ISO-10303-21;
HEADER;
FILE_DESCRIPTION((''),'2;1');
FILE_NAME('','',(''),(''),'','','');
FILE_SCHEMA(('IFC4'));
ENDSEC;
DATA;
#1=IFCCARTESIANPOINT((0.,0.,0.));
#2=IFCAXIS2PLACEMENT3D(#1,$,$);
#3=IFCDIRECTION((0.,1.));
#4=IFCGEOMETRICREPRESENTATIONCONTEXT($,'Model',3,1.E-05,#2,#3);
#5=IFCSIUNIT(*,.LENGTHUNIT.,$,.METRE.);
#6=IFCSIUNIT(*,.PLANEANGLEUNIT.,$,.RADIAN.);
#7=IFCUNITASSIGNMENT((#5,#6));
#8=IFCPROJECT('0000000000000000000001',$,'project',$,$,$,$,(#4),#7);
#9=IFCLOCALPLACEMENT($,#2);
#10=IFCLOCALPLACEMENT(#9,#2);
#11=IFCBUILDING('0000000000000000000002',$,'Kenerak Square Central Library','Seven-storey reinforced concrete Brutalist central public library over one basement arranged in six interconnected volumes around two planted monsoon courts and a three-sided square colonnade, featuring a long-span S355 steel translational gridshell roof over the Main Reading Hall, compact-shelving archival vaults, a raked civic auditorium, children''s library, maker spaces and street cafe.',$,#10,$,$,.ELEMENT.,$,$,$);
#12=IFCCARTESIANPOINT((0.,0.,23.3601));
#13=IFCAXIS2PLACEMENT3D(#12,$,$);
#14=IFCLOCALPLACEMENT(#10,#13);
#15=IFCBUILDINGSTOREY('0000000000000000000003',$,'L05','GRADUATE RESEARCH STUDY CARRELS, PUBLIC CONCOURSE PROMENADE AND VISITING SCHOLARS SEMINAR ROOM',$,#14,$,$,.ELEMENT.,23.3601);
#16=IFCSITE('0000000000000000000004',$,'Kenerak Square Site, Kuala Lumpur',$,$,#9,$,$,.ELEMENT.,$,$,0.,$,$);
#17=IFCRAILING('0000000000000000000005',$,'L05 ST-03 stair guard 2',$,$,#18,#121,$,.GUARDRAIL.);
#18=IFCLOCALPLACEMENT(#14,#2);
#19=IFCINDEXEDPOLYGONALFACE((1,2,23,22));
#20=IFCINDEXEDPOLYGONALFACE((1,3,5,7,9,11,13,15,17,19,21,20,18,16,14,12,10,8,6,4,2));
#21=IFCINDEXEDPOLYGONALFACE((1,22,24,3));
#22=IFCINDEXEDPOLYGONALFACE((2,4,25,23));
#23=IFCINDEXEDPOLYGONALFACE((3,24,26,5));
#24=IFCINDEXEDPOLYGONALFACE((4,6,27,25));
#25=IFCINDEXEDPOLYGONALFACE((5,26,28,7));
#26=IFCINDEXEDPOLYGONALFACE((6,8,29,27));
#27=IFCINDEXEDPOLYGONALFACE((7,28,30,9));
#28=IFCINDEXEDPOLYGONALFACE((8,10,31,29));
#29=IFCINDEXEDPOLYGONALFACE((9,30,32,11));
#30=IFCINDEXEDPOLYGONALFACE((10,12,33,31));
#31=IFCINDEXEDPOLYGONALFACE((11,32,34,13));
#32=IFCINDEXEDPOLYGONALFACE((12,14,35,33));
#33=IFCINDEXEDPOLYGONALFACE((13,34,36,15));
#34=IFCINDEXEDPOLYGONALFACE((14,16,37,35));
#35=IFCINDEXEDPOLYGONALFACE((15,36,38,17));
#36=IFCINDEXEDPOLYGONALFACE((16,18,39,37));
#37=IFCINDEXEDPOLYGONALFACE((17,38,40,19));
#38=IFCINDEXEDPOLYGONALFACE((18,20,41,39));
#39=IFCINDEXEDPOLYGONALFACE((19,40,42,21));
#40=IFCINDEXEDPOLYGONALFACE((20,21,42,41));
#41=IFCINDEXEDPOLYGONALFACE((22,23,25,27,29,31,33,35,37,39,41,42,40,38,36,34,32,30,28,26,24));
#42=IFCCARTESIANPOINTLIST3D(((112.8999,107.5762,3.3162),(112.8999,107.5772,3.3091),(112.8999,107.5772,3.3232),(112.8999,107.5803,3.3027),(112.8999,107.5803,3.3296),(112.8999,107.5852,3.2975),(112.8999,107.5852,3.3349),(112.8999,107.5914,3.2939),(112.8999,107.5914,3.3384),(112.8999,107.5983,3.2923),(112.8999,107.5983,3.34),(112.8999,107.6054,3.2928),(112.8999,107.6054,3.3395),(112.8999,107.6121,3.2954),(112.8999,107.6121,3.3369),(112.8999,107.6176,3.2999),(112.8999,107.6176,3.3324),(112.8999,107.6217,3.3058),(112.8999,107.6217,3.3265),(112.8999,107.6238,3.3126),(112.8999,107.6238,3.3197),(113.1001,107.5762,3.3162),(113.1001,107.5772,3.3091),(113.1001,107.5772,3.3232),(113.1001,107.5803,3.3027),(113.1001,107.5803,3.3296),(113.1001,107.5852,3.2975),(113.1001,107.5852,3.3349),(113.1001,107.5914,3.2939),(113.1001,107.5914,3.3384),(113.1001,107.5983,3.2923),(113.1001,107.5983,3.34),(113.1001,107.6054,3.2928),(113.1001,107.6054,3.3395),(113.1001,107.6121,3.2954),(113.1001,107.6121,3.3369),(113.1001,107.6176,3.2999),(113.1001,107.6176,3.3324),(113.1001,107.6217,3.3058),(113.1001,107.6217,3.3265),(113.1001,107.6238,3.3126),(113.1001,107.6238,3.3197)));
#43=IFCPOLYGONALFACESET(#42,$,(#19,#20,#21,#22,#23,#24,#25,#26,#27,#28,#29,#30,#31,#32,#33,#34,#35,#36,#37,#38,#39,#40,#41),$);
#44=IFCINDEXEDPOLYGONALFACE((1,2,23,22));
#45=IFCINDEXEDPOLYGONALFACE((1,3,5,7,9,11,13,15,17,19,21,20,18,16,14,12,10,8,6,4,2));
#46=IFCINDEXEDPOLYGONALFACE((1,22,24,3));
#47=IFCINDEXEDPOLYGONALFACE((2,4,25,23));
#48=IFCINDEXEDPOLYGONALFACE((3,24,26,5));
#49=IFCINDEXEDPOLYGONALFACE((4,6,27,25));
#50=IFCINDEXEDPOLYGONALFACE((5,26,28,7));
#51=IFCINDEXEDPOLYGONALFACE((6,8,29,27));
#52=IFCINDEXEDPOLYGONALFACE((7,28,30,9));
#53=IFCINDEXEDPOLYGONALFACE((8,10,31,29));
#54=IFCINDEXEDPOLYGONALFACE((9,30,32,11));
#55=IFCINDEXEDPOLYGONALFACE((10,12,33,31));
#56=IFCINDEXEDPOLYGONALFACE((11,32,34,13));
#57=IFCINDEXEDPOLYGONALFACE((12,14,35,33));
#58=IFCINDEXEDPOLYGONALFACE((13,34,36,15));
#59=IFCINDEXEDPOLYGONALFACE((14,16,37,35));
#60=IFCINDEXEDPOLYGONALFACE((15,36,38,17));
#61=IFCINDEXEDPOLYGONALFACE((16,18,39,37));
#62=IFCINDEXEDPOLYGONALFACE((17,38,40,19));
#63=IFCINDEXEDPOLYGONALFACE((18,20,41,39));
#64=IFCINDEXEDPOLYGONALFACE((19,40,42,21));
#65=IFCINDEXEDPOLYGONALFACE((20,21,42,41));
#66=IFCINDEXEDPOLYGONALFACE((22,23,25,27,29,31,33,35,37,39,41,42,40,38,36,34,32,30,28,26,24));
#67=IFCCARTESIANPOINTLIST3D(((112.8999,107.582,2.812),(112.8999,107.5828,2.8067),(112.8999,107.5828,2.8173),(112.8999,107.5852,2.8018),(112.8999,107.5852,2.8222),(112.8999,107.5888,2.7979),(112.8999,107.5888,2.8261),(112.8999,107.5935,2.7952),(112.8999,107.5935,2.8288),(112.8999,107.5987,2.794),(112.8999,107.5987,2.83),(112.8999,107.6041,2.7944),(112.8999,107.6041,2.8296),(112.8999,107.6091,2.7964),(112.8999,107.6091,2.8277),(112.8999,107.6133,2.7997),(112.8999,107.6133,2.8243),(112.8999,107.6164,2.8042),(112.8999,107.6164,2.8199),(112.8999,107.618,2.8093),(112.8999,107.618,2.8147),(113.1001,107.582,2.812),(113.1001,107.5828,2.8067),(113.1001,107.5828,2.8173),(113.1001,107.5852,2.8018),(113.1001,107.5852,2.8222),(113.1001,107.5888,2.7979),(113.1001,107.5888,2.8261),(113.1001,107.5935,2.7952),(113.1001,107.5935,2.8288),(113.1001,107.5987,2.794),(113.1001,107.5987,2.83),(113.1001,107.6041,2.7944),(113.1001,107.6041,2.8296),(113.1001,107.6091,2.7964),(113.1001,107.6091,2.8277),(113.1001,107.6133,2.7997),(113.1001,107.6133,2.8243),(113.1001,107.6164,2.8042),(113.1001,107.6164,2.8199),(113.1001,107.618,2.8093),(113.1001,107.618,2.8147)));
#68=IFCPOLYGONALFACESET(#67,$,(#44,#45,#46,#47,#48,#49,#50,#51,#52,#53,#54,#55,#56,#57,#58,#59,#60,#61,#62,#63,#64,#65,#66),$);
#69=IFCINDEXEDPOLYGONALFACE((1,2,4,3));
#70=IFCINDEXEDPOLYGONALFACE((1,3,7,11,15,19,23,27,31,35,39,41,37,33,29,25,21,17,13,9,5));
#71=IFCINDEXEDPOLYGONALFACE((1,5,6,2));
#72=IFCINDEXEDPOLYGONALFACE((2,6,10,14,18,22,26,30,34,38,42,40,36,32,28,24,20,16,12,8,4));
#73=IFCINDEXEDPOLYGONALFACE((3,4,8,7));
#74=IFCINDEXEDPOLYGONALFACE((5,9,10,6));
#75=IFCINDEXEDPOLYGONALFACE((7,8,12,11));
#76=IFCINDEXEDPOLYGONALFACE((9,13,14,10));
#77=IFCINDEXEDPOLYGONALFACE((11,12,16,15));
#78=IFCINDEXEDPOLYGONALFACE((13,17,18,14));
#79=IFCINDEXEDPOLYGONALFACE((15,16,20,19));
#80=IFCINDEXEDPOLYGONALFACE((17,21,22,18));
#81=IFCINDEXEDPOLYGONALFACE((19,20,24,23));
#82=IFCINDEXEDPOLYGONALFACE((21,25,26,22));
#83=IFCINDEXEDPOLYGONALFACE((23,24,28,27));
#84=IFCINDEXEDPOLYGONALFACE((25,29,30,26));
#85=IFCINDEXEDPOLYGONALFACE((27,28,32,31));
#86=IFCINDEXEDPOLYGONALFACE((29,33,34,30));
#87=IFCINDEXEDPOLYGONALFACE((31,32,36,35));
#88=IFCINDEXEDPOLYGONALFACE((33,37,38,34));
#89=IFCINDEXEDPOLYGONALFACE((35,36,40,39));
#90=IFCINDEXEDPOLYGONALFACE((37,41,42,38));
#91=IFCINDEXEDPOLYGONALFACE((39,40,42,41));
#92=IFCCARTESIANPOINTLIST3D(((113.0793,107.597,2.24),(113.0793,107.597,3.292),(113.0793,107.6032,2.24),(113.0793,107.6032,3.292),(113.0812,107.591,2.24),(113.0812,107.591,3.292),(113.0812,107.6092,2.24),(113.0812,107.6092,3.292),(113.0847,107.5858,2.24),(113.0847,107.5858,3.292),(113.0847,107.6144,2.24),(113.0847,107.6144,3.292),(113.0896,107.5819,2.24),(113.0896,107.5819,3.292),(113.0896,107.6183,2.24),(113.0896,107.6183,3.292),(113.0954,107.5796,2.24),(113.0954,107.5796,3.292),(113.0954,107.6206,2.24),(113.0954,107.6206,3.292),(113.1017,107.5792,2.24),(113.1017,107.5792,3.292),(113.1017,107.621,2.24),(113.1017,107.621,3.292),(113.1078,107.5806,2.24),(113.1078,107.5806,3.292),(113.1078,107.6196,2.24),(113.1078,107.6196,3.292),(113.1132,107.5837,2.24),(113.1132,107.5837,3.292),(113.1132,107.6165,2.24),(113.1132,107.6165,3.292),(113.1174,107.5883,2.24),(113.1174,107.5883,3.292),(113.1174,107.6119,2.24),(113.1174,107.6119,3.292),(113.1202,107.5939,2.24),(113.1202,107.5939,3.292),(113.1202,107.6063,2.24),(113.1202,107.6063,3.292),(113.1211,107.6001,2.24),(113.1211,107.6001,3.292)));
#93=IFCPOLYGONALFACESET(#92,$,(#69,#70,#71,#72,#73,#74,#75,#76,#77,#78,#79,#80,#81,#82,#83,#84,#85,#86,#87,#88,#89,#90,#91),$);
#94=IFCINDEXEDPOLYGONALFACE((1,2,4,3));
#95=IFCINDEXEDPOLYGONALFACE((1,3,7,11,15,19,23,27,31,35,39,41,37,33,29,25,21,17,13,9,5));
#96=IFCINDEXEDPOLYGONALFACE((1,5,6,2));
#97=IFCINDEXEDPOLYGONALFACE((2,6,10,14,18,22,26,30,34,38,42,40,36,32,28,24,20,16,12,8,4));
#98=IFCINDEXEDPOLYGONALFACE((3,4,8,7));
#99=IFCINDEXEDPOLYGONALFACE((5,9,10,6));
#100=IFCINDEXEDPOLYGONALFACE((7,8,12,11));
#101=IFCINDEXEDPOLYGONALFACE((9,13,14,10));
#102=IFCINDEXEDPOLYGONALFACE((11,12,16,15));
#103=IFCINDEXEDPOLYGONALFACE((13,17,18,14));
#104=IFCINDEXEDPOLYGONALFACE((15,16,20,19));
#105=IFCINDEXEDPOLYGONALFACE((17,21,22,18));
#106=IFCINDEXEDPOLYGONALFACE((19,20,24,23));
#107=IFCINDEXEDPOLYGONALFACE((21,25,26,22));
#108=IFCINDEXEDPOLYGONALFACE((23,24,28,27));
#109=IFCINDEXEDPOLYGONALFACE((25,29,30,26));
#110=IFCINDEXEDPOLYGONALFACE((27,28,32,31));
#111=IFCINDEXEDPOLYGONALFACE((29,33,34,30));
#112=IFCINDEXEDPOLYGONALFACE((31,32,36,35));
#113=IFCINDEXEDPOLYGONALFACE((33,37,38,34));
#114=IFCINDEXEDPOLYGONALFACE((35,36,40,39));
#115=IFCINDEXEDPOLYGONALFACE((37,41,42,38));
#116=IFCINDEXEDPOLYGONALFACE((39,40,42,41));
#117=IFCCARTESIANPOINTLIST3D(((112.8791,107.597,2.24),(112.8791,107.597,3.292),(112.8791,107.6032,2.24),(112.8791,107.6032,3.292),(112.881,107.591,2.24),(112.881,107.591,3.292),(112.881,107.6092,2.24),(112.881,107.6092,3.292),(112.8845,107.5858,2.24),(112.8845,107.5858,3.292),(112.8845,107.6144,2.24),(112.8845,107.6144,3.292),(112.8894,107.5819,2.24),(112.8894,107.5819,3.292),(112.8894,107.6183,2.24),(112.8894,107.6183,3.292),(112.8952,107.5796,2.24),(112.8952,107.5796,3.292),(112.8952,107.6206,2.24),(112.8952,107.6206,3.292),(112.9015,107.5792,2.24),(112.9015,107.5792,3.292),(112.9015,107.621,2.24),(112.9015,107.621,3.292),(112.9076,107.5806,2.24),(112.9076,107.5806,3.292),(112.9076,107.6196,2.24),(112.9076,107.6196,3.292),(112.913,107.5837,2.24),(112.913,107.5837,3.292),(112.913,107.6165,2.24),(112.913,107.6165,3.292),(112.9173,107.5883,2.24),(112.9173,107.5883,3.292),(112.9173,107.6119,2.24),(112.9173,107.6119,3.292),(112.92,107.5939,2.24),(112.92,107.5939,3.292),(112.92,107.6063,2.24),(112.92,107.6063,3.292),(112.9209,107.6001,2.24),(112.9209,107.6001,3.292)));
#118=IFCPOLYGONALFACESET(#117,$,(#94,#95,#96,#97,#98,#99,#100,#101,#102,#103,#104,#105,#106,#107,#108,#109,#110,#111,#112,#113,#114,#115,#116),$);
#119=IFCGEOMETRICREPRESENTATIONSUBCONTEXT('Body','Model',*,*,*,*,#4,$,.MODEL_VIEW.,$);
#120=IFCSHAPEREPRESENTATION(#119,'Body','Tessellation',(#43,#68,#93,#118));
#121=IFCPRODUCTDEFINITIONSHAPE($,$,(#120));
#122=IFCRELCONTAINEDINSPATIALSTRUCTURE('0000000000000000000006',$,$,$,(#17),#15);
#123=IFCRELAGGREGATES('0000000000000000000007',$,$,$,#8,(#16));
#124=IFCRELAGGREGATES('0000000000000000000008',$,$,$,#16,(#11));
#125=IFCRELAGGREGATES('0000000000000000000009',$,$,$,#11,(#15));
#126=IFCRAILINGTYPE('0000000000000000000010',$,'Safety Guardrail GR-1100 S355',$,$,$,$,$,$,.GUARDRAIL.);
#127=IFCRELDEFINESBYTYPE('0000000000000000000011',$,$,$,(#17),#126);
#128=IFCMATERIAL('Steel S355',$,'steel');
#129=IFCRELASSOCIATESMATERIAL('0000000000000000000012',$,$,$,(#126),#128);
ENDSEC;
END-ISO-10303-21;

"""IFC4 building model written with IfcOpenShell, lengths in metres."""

from ifc_helpers import new_model, si_unit, direction, frame, origin, origin_2d, place, context, subcontext, project, spatial, circle, extrude, material, type_object, element, save


model = new_model("IFC4")

# Units and contexts
model_context = context("Model", 3, precision=1e-05, world=origin(), true_north=direction((0.0, 1.0)))
body_context = subcontext(model_context, "Body", "Model", "MODEL_VIEW")
ifc_project = project(units=[si_unit("LENGTHUNIT", "METRE"), si_unit("PLANEANGLEUNIT", "RADIAN")], contexts=[model_context])

# Site, building, storey
site_placement = place(None, origin())
site = spatial("IfcSite", under=ifc_project, at=site_placement, Name="Kenerak Square Site, Kuala Lumpur", CompositionType="ELEMENT", RefElevation=0.0)
building_placement = place(site_placement, origin())
building = spatial("IfcBuilding", under=site, at=building_placement, Name="Kenerak Square Central Library", Description="Seven-storey reinforced concrete Brutalist central public library over one basement arranged in six interconnected volumes around two planted monsoon courts and a three-sided square colonnade, featuring a long-span S355 steel translational gridshell roof over the Main Reading Hall, compact-shelving archival vaults, a raked civic auditorium, children's library, maker spaces and street cafe.", CompositionType="ELEMENT")
storey_placement = place(building_placement, frame((0.0, 0.0, 23.3601)))
storey = spatial("IfcBuildingStorey", under=building, at=storey_placement, Name="L05", Description="GRADUATE RESEARCH STUDY CARRELS, PUBLIC CONCOURSE PROMENADE AND VISITING SCHOLARS SEMINAR ROOM", CompositionType="ELEMENT", Elevation=23.3601)

# Shared definitions
ifc_material_1 = material(Name="Steel S355", Category="steel")

# Railing
railing_type_1 = type_object("IfcRailingType", Name="Safety Guardrail GR-1100 S355", PredefinedType="GUARDRAIL", material=ifc_material_1)
railing_1_placement = place(storey_placement, frame((113.1001, 107.6001, 2.24)))
element("IfcRailing", 1, at=railing_1_placement, inside=storey, type_object=railing_type_1, Name="L05 ST-03 stair guard 2", PredefinedType="GUARDRAIL", context=body_context, shape_type="SweptSolid", body=[
    extrude(circle(Radius=0.0239, at=origin_2d()), frame((0.0, 0.0, 1.0762), z_axis=(-1.0, 0.0, 0.0), x_axis=(0.0, -1.0, 0.0)), (0.0, 0.0, 1.0), 0.2002),
    extrude(circle(Radius=0.0181, at=origin_2d()), frame((0.0, 0.0, 0.572), z_axis=(-1.0, 0.0, 0.0), x_axis=(0.0, -1.0, 0.0)), (0.0, 0.0, 1.0), 0.2002),
    extrude(circle(Radius=0.021, at=origin_2d()), origin(), (0.0, 0.0, 1.0), 1.052),
    extrude(circle(Radius=0.021, at=origin_2d()), frame((-0.2002, 0.0, 0.0)), (0.0, 0.0, 1.0), 1.052),
])

save(model, "model.ifc")
